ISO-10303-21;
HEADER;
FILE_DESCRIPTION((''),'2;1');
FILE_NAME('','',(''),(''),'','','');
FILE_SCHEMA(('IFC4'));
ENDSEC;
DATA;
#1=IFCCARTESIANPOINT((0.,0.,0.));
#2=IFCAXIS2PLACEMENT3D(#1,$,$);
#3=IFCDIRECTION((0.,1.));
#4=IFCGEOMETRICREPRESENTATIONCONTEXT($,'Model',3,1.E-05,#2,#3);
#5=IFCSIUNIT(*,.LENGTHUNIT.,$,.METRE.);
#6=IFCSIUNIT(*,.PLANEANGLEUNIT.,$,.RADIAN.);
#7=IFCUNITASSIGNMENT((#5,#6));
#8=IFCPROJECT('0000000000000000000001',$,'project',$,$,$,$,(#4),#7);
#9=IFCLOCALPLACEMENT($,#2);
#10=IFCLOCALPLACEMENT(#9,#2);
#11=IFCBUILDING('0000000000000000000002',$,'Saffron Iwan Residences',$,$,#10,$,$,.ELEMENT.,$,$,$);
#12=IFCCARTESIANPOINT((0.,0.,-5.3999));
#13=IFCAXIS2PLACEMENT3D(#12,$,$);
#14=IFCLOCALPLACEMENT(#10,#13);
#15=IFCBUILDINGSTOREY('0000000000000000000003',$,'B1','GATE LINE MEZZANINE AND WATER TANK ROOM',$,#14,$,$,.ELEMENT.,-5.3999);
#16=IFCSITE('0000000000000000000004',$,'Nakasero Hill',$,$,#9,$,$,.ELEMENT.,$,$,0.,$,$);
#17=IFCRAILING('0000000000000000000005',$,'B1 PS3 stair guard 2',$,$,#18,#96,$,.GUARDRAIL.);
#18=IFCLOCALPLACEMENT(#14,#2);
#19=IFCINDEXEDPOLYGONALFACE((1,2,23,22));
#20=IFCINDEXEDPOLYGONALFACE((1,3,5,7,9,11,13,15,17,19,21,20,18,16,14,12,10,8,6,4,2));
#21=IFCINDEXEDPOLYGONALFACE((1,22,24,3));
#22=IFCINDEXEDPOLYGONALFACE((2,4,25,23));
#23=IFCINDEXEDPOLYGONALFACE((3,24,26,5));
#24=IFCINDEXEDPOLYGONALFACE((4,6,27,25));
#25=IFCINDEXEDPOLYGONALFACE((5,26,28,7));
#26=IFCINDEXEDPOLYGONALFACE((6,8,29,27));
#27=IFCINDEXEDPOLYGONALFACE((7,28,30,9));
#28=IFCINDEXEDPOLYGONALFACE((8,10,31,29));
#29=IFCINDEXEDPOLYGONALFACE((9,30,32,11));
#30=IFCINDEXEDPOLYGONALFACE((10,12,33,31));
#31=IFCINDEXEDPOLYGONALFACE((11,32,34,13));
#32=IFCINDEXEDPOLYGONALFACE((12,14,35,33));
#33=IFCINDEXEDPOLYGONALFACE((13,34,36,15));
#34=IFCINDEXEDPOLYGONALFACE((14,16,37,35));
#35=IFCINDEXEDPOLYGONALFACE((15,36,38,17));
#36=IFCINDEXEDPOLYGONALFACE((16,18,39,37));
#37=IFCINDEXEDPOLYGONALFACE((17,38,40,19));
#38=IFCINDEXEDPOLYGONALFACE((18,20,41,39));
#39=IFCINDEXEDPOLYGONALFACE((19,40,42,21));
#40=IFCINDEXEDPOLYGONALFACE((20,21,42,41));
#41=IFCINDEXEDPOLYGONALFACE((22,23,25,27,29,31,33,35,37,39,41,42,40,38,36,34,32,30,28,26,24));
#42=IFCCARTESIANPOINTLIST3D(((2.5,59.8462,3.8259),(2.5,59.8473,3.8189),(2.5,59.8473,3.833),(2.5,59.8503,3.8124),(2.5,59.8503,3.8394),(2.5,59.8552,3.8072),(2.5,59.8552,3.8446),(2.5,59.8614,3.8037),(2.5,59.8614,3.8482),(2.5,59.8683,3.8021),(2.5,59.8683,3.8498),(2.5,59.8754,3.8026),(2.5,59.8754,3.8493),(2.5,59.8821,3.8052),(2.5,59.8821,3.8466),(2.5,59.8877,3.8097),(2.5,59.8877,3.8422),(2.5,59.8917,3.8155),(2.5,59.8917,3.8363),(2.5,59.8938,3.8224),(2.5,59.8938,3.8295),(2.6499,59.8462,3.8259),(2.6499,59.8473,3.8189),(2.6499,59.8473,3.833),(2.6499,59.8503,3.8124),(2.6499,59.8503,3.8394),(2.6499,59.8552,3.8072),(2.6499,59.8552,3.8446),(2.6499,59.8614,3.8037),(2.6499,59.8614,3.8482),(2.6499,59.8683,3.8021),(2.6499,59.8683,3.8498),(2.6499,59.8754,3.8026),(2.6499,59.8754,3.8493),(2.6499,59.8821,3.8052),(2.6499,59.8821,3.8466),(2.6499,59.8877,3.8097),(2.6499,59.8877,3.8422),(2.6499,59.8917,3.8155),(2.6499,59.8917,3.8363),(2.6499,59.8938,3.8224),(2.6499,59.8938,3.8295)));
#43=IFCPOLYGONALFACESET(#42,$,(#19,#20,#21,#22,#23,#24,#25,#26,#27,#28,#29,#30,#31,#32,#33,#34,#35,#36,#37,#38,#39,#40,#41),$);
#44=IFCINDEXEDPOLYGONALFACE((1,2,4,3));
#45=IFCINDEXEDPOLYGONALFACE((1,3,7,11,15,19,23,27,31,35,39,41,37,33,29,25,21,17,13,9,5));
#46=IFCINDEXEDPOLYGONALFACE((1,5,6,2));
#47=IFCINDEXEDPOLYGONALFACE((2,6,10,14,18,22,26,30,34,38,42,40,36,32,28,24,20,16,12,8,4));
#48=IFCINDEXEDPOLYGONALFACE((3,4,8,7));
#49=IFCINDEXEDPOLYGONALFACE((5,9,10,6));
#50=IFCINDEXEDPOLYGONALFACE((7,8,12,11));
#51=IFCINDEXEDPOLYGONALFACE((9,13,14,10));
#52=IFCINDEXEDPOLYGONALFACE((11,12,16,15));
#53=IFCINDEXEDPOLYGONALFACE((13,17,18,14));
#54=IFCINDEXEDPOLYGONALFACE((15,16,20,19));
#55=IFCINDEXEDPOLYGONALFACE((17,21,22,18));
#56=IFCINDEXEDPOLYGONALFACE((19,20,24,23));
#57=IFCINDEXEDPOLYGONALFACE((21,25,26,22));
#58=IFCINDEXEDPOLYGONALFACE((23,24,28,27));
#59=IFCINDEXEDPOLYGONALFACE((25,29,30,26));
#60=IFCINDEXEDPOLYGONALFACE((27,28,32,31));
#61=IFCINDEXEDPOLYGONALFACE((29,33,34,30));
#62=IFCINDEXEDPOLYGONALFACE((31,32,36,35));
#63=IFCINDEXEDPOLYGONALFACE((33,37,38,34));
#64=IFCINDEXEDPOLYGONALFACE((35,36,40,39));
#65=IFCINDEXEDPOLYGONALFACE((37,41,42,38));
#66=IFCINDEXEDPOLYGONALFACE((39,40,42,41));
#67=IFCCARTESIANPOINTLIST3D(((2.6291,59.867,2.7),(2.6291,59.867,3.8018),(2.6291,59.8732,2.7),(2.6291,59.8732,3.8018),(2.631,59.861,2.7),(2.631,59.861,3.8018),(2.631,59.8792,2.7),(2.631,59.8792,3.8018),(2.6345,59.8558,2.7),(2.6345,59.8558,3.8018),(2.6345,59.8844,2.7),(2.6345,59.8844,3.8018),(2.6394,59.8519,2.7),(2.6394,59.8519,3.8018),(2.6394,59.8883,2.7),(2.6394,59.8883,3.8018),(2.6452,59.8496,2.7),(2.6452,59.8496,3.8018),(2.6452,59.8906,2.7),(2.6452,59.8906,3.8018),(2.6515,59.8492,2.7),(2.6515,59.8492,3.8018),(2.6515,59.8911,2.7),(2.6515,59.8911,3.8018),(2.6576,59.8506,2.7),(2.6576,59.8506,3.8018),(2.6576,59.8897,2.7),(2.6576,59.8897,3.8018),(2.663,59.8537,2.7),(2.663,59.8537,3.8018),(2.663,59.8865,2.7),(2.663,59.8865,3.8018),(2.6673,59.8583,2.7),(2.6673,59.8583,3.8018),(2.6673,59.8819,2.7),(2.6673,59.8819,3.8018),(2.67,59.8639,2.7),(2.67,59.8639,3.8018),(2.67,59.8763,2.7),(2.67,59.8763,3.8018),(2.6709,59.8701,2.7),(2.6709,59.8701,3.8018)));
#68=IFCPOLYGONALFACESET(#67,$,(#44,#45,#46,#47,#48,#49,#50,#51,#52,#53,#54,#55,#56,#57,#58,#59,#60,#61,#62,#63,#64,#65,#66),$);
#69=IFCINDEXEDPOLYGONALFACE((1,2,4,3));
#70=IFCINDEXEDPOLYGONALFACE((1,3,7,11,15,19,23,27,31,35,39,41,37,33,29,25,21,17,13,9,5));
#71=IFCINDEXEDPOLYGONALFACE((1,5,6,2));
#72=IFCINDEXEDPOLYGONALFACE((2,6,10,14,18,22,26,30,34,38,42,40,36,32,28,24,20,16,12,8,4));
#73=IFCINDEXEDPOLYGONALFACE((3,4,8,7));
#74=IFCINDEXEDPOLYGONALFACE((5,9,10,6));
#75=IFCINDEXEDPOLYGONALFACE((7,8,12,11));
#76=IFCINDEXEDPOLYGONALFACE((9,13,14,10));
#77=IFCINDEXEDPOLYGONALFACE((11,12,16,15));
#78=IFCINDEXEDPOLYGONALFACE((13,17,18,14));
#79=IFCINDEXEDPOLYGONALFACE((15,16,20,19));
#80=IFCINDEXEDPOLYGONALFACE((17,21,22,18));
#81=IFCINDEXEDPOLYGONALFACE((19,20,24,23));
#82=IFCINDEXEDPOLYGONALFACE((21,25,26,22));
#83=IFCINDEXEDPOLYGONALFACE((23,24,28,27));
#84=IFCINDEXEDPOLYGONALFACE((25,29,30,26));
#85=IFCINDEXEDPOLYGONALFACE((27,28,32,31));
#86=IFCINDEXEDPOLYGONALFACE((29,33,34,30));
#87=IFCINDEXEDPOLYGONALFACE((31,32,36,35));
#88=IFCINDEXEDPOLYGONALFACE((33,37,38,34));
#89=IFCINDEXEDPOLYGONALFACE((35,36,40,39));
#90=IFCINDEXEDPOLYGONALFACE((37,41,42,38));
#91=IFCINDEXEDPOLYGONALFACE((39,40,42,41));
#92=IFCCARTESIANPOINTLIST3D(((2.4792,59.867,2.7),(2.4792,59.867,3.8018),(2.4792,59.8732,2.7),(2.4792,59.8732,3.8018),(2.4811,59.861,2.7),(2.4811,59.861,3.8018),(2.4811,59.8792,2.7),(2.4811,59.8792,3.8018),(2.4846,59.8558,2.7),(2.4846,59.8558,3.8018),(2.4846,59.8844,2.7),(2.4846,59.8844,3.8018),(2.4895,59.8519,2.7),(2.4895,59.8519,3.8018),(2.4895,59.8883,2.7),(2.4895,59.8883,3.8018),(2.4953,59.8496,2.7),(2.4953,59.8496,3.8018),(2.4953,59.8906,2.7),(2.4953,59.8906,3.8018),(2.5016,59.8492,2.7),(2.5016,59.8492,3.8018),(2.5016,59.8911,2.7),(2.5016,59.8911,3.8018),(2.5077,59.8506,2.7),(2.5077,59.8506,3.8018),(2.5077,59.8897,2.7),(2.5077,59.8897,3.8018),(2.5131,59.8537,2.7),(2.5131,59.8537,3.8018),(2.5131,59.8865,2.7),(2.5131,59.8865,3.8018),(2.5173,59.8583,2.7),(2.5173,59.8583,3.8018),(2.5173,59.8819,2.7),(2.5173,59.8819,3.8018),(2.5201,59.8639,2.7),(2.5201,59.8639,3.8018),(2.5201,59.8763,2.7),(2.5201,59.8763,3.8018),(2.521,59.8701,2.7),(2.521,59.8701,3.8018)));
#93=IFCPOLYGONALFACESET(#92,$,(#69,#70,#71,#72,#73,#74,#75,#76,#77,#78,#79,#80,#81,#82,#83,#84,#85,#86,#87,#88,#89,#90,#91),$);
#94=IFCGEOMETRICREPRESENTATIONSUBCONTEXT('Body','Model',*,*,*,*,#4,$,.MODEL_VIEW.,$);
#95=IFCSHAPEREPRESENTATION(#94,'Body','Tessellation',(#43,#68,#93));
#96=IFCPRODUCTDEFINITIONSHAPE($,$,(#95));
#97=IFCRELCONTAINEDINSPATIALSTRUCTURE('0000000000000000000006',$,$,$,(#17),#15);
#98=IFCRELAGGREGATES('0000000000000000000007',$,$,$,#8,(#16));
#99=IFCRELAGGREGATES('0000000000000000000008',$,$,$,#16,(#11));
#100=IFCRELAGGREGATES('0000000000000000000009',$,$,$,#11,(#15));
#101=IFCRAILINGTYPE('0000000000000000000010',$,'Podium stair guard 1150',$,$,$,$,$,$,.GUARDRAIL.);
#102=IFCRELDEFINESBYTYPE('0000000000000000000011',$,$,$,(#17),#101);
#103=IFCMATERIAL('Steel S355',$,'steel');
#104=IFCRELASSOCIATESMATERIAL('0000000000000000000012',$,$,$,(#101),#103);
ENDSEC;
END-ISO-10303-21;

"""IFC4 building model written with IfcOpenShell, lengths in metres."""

from ifc_helpers import new_model, si_unit, direction, frame, origin, origin_2d, place, context, subcontext, project, spatial, circle, extrude, material, type_object, element, save


model = new_model("IFC4")

# Units and contexts
model_context = context("Model", 3, precision=1e-05, world=origin(), true_north=direction((0.0, 1.0)))
body_context = subcontext(model_context, "Body", "Model", "MODEL_VIEW")
ifc_project = project(units=[si_unit("LENGTHUNIT", "METRE"), si_unit("PLANEANGLEUNIT", "RADIAN")], contexts=[model_context])

# Site, building, storey
site_placement = place(None, origin())
site = spatial("IfcSite", under=ifc_project, at=site_placement, Name="Nakasero Hill", CompositionType="ELEMENT", RefElevation=0.0)
building_placement = place(site_placement, origin())
building = spatial("IfcBuilding", under=site, at=building_placement, Name="Saffron Iwan Residences", CompositionType="ELEMENT")
storey_placement = place(building_placement, frame((0.0, 0.0, -5.3999)))
storey = spatial("IfcBuildingStorey", under=building, at=storey_placement, Name="B1", Description="GATE LINE MEZZANINE AND WATER TANK ROOM", CompositionType="ELEMENT", Elevation=-5.3999)

# Railing
ifc_material_1 = material(Name="Steel S355", Category="steel")
railing_type_1 = type_object("IfcRailingType", Name="Podium stair guard 1150", PredefinedType="GUARDRAIL", material=ifc_material_1)
railing_1_placement = place(storey_placement, frame((2.6499, 59.8701, 2.7)))
element("IfcRailing", 1, at=railing_1_placement, inside=storey, type_object=railing_type_1, Name="B1 PS3 stair guard 2", PredefinedType="GUARDRAIL", context=body_context, shape_type="SweptSolid", body=[
    extrude(circle(Radius=0.0239, at=origin_2d()), frame((0.0, 0.0, 1.126), z_axis=(-1.0, 0.0, 0.0), x_axis=(0.0, -1.0, 0.0)), (0.0, 0.0, 1.0), 0.1499),
    extrude(circle(Radius=0.021, at=origin_2d()), origin(), (0.0, 0.0, 1.0), 1.1018),
    extrude(circle(Radius=0.021, at=origin_2d()), frame((-0.1499, 0.0, 0.0)), (0.0, 0.0, 1.0), 1.1018),
])

save(model, "model.ifc")
